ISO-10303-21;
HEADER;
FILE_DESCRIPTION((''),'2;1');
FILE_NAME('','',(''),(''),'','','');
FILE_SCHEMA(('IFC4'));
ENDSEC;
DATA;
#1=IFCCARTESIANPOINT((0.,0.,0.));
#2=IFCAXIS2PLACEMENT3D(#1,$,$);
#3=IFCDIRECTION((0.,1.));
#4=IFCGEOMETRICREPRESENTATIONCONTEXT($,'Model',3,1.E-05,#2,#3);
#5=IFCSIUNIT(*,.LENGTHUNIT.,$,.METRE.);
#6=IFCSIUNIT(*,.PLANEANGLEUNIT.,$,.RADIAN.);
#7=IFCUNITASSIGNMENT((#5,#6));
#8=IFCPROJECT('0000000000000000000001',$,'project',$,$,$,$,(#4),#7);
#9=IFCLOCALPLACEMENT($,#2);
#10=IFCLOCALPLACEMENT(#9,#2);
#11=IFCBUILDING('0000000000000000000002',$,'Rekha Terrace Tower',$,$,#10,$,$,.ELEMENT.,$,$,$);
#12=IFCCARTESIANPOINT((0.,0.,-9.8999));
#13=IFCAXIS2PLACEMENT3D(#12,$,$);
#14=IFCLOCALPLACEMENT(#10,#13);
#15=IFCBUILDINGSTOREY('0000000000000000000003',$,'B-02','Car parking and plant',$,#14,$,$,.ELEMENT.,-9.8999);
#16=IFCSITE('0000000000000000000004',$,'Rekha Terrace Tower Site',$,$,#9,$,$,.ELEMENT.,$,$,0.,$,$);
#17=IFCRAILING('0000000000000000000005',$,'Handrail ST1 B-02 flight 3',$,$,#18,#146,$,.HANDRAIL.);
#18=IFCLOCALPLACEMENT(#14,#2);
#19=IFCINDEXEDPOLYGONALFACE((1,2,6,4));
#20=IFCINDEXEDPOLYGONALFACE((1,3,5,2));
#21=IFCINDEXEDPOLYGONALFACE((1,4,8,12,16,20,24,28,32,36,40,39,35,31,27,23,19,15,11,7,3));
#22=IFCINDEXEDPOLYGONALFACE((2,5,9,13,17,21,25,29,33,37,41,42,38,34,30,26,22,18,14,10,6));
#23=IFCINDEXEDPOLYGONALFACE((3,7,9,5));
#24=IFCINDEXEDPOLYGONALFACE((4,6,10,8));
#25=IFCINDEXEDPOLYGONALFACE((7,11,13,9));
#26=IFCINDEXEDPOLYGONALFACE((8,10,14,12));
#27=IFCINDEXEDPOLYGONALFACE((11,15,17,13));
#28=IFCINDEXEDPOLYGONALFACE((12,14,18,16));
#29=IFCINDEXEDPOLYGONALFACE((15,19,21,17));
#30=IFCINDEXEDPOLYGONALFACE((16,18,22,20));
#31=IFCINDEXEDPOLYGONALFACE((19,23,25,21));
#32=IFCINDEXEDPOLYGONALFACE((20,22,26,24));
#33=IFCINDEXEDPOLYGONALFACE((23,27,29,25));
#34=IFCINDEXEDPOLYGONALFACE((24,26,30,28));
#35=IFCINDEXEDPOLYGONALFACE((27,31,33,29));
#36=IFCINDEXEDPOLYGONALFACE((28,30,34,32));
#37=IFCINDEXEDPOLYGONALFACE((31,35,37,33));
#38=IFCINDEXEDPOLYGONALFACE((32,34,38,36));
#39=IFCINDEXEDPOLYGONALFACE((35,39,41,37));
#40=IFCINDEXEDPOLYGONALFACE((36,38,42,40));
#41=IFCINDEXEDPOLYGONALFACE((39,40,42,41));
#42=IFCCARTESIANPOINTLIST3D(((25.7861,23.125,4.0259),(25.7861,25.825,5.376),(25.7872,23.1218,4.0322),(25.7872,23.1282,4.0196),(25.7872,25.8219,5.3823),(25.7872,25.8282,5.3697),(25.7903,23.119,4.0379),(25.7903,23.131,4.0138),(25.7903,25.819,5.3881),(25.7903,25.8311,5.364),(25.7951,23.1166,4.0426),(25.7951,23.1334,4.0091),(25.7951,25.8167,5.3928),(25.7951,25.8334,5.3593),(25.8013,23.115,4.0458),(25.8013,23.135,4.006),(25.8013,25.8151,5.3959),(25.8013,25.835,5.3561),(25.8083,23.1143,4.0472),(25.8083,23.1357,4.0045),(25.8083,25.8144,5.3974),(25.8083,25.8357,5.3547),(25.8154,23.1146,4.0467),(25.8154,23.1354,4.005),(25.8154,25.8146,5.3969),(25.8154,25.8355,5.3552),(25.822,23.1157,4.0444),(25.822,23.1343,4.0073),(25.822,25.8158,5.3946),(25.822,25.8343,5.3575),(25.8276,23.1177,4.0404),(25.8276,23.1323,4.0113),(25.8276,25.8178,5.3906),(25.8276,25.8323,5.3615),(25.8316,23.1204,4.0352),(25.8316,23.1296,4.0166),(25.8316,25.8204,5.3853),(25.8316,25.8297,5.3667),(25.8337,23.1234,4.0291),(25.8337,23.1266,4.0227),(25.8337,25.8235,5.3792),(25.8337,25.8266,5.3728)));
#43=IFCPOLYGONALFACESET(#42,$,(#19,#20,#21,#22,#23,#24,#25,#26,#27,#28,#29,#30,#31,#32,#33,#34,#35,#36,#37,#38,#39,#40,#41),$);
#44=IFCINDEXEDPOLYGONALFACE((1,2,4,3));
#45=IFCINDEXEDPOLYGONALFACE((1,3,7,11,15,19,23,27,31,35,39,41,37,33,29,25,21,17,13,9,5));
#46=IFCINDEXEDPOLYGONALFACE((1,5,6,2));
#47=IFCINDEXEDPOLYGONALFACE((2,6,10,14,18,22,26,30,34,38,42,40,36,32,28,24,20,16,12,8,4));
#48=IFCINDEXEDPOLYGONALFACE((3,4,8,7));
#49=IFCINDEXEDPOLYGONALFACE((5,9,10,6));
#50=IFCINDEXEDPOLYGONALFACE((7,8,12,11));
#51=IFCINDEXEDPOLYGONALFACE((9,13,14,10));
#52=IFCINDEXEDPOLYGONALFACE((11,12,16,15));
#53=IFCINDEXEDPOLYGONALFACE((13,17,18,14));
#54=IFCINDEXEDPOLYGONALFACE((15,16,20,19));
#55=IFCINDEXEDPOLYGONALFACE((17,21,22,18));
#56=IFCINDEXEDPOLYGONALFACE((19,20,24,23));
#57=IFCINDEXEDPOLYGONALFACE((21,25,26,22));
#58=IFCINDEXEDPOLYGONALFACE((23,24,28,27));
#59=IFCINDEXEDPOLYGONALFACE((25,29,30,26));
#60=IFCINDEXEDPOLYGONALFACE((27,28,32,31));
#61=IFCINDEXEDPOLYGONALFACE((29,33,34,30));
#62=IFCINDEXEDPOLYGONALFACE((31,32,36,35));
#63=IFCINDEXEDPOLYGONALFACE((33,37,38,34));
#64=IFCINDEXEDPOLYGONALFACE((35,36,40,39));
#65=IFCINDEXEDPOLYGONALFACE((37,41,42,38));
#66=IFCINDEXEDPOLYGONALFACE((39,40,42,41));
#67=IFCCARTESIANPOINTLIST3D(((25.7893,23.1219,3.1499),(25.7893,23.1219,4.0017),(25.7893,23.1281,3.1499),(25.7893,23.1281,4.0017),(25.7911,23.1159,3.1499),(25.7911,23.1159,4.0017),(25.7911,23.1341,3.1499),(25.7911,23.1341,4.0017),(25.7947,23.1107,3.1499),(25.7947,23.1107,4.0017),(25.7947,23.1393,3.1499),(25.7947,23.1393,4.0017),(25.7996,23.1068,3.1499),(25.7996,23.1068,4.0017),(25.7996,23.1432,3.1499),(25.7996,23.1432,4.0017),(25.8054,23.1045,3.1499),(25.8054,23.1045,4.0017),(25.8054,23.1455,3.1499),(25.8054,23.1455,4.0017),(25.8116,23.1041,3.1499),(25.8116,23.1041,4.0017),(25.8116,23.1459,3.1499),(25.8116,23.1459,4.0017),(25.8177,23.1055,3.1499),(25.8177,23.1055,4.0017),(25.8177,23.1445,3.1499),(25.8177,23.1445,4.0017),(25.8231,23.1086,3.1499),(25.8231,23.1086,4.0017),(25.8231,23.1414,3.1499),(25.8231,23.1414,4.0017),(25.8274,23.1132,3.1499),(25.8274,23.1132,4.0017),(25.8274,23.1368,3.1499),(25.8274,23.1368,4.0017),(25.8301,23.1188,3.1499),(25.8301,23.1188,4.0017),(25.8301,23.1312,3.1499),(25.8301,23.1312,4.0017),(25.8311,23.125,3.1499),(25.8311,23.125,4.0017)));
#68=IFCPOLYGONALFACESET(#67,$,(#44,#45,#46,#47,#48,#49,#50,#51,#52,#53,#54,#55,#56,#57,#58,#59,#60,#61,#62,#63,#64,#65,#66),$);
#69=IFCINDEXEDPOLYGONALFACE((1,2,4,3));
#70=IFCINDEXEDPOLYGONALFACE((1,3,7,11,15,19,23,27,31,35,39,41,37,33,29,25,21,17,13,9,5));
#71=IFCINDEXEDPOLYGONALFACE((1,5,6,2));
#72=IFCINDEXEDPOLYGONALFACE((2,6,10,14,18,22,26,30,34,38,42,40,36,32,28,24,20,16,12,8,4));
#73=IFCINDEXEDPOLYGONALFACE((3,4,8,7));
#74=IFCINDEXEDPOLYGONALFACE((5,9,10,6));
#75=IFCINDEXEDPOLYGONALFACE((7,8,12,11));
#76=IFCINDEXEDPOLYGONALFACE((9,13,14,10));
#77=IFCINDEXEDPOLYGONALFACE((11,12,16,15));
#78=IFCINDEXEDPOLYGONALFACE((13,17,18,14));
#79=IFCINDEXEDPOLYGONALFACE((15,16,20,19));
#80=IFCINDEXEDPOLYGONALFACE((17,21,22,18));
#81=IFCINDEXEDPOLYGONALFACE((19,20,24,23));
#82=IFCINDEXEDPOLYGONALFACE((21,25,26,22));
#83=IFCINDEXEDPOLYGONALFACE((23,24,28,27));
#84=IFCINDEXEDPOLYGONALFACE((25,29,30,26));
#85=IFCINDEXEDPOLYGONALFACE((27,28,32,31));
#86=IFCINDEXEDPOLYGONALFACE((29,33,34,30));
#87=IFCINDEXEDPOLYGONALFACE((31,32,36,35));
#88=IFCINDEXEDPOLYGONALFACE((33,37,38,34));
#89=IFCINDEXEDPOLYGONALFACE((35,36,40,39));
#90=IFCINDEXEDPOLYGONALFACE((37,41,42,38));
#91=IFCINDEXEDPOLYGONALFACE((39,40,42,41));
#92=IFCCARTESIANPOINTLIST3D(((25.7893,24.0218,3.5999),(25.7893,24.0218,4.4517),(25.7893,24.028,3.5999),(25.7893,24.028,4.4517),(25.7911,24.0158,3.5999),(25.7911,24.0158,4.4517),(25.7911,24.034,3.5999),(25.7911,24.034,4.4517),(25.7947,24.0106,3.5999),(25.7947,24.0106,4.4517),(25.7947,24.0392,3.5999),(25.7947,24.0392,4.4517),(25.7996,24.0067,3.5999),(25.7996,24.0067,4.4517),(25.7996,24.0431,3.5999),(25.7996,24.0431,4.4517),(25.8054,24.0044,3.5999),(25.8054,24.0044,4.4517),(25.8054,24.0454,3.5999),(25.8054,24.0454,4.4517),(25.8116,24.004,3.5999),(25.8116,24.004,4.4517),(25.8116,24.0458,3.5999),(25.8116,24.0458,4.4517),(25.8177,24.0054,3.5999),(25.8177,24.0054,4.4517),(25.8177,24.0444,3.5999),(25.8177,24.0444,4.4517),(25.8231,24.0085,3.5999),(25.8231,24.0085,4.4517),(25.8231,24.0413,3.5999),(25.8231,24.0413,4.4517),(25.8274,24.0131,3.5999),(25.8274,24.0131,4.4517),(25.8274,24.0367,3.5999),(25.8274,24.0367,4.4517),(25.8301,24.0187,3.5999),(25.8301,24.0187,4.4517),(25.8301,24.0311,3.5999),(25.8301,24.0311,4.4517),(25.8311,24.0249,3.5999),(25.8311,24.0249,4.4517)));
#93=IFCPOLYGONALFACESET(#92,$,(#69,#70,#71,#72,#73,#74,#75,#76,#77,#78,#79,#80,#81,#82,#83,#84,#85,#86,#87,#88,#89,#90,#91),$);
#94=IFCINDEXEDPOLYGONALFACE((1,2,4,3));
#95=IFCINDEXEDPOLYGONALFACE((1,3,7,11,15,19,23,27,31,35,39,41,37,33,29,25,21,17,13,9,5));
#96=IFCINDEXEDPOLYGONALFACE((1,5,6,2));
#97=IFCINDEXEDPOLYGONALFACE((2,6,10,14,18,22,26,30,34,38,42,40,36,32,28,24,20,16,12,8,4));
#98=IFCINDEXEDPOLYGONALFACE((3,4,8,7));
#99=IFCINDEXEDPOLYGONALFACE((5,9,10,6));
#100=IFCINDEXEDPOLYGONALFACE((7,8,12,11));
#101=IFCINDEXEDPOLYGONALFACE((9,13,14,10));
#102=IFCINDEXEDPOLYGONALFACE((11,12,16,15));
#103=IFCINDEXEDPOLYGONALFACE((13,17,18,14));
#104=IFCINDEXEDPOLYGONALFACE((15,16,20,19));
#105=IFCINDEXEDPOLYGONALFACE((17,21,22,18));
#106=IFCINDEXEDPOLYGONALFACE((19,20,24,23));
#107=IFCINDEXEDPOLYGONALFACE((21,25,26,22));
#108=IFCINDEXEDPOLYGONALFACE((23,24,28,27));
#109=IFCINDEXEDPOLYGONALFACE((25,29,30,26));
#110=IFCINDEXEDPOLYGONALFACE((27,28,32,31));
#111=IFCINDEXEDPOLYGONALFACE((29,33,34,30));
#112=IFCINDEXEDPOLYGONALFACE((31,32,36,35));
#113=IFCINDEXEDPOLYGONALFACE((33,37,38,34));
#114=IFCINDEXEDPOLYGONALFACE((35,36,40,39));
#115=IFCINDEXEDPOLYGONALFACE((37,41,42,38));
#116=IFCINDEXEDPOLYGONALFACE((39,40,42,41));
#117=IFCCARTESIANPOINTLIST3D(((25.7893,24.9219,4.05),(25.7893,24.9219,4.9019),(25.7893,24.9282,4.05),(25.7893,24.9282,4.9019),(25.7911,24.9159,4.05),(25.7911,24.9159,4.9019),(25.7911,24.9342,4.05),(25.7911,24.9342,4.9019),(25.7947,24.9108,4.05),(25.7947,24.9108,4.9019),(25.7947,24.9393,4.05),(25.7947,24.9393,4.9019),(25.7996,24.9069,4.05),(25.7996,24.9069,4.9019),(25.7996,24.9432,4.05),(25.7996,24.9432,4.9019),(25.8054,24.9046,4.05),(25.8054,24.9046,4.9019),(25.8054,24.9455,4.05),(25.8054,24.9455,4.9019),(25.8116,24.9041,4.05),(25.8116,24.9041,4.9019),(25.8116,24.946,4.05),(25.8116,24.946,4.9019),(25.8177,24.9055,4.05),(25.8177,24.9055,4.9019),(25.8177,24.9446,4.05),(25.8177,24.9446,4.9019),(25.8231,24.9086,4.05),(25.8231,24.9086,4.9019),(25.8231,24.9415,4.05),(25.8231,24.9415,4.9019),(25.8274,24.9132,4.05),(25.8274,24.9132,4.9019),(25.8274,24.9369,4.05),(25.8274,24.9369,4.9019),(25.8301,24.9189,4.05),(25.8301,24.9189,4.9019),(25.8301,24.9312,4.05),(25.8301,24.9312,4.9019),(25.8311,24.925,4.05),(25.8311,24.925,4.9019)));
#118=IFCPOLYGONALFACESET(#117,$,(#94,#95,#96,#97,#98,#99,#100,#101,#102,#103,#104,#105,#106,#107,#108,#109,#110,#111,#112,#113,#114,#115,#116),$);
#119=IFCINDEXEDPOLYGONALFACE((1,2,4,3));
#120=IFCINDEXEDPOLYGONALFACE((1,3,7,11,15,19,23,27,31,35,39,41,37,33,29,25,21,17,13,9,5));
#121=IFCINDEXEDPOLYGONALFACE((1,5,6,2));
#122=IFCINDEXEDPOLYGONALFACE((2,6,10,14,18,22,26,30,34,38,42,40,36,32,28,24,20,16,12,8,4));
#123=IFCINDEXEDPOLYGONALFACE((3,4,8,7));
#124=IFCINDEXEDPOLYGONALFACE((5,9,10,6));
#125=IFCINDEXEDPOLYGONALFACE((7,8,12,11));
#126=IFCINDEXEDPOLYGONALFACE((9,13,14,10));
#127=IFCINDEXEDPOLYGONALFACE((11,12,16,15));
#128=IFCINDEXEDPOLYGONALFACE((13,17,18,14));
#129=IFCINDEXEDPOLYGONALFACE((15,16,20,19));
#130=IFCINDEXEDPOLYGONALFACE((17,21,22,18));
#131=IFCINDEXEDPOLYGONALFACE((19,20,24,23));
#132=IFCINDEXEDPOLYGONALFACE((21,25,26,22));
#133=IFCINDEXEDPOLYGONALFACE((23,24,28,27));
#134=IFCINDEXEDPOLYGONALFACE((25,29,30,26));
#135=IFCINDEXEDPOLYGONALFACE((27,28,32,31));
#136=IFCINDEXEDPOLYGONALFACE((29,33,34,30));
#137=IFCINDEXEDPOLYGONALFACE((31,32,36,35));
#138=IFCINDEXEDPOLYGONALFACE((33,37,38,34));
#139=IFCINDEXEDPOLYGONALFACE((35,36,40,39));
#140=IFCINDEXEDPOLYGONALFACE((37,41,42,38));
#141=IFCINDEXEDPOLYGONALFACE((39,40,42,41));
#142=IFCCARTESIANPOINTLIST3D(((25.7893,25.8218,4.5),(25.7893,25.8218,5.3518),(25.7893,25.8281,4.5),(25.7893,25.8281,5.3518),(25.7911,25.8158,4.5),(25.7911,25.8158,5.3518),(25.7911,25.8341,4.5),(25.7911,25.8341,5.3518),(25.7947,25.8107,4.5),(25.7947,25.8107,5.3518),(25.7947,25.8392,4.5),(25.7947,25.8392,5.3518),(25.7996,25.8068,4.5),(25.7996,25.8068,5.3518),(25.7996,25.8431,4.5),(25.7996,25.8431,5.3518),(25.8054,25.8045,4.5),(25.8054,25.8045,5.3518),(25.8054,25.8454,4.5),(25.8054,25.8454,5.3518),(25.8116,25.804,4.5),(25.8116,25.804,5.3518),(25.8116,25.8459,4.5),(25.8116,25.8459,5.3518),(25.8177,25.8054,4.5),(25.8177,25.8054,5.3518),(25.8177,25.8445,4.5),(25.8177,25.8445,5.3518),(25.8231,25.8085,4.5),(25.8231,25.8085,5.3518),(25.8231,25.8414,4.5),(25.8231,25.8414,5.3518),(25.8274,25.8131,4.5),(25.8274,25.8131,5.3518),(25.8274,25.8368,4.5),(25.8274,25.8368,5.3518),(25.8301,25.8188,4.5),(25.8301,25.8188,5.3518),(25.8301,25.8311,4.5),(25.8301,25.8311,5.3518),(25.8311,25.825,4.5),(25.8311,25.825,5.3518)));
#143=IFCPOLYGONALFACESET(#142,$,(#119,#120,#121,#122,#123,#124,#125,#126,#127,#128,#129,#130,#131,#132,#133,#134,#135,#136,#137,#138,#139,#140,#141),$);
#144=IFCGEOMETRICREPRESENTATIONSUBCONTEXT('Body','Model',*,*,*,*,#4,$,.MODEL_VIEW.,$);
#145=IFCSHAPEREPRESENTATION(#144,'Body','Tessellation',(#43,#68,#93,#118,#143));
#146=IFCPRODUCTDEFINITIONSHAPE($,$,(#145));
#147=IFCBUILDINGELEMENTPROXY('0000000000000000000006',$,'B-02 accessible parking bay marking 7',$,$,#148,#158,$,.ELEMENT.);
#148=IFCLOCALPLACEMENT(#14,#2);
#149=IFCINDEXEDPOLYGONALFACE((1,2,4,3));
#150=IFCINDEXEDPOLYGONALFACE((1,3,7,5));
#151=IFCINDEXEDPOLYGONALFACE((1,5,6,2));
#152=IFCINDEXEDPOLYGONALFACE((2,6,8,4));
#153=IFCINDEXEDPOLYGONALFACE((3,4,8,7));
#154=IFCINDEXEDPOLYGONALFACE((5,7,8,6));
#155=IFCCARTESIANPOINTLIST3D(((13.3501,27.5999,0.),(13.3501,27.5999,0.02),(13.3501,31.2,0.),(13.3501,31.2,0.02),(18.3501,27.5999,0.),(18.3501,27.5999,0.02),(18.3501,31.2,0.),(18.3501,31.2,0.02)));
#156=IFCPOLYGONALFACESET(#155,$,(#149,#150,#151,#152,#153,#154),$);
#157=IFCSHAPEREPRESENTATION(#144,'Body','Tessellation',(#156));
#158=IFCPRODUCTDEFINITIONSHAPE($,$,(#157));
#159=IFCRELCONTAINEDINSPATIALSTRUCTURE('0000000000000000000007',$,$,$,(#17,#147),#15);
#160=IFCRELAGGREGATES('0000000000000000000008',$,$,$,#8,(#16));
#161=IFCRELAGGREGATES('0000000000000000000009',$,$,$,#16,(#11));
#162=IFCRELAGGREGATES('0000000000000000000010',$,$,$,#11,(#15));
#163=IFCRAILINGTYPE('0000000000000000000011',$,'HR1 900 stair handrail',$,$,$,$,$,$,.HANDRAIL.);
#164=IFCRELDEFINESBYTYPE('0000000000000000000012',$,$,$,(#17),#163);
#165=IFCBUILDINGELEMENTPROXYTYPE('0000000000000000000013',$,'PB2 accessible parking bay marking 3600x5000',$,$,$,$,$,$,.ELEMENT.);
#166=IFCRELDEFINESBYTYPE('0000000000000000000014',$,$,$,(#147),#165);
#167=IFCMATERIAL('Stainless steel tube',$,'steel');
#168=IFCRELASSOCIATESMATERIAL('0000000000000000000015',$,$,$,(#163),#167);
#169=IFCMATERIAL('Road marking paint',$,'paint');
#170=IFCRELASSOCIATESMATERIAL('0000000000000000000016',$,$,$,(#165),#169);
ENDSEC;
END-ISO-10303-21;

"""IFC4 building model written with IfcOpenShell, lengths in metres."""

from ifc_helpers import new_model, si_unit, direction, frame, origin, origin_2d, place, context, subcontext, project, spatial, rectangle, circle, extrude, material, type_object, element, save


model = new_model("IFC4")

# Units and contexts
model_context = context("Model", 3, precision=1e-05, world=origin(), true_north=direction((0.0, 1.0)))
body_context = subcontext(model_context, "Body", "Model", "MODEL_VIEW")
ifc_project = project(units=[si_unit("LENGTHUNIT", "METRE"), si_unit("PLANEANGLEUNIT", "RADIAN")], contexts=[model_context])

# Site, building, storey
site_placement = place(None, origin())
site = spatial("IfcSite", under=ifc_project, at=site_placement, Name="Rekha Terrace Tower Site", CompositionType="ELEMENT", RefElevation=0.0)
building_placement = place(site_placement, origin())
building = spatial("IfcBuilding", under=site, at=building_placement, Name="Rekha Terrace Tower", CompositionType="ELEMENT")
storey_placement = place(building_placement, frame((0.0, 0.0, -9.8999)))
storey = spatial("IfcBuildingStorey", under=building, at=storey_placement, Name="B-02", Description="Car parking and plant", CompositionType="ELEMENT", Elevation=-9.8999)

# Railing
ifc_material_1 = material(Name="Stainless steel tube", Category="steel")
railing_type = type_object("IfcRailingType", Name="HR1 900 stair handrail", PredefinedType="HANDRAIL", material=ifc_material_1)
railing_placement = place(storey_placement, frame((25.8101, 23.125, 3.1499)))
element("IfcRailing", 1, at=railing_placement, inside=storey, type_object=railing_type, Name="Handrail ST1 B-02 flight 3", PredefinedType="HANDRAIL", context=body_context, shape_type="SweptSolid", body=[
    extrude(circle(Radius=0.0239, at=origin_2d()), frame((0.0, 0.0, 0.876), z_axis=(0.0, 0.894411, 0.447246), x_axis=(-1.0, 0.0, 0.0)), (0.0, 0.0, 1.0), 3.0188),
    extrude(circle(Radius=0.021, at=origin_2d()), origin(), (0.0, 0.0, 1.0), 0.8518),
    extrude(circle(Radius=0.021, at=origin_2d()), frame((0.0, 0.8999, 0.45)), (0.0, 0.0, 1.0), 0.8518),
    extrude(circle(Radius=0.021, at=origin_2d()), frame((0.0, 1.8, 0.9001)), (0.0, 0.0, 1.0), 0.8518),
    extrude(circle(Radius=0.021, at=origin_2d()), frame((0.0, 2.7, 1.3501)), (0.0, 0.0, 1.0), 0.8518),
])

# Building element proxy
ifc_material_2 = material(Name="Road marking paint", Category="paint")
building_element_proxy_type = type_object("IfcBuildingElementProxyType", Name="PB2 accessible parking bay marking 3600x5000", PredefinedType="ELEMENT", material=ifc_material_2)
proxy_placement = place(storey_placement, frame((15.8501, 29.3999, 0.0), z_axis=(0.0, 0.0, 1.0), x_axis=(1.0, 0.0, 0.0)))
element("IfcBuildingElementProxy", 2, at=proxy_placement, inside=storey, type_object=building_element_proxy_type, Name="B-02 accessible parking bay marking 7", PredefinedType="ELEMENT", context=body_context, shape_type="SweptSolid", body=[
    extrude(rectangle(XDim=5.0, YDim=3.6001, at=origin_2d()), origin(), (0.0, 0.0, 1.0), 0.02),
])

save(model, "model.ifc")
